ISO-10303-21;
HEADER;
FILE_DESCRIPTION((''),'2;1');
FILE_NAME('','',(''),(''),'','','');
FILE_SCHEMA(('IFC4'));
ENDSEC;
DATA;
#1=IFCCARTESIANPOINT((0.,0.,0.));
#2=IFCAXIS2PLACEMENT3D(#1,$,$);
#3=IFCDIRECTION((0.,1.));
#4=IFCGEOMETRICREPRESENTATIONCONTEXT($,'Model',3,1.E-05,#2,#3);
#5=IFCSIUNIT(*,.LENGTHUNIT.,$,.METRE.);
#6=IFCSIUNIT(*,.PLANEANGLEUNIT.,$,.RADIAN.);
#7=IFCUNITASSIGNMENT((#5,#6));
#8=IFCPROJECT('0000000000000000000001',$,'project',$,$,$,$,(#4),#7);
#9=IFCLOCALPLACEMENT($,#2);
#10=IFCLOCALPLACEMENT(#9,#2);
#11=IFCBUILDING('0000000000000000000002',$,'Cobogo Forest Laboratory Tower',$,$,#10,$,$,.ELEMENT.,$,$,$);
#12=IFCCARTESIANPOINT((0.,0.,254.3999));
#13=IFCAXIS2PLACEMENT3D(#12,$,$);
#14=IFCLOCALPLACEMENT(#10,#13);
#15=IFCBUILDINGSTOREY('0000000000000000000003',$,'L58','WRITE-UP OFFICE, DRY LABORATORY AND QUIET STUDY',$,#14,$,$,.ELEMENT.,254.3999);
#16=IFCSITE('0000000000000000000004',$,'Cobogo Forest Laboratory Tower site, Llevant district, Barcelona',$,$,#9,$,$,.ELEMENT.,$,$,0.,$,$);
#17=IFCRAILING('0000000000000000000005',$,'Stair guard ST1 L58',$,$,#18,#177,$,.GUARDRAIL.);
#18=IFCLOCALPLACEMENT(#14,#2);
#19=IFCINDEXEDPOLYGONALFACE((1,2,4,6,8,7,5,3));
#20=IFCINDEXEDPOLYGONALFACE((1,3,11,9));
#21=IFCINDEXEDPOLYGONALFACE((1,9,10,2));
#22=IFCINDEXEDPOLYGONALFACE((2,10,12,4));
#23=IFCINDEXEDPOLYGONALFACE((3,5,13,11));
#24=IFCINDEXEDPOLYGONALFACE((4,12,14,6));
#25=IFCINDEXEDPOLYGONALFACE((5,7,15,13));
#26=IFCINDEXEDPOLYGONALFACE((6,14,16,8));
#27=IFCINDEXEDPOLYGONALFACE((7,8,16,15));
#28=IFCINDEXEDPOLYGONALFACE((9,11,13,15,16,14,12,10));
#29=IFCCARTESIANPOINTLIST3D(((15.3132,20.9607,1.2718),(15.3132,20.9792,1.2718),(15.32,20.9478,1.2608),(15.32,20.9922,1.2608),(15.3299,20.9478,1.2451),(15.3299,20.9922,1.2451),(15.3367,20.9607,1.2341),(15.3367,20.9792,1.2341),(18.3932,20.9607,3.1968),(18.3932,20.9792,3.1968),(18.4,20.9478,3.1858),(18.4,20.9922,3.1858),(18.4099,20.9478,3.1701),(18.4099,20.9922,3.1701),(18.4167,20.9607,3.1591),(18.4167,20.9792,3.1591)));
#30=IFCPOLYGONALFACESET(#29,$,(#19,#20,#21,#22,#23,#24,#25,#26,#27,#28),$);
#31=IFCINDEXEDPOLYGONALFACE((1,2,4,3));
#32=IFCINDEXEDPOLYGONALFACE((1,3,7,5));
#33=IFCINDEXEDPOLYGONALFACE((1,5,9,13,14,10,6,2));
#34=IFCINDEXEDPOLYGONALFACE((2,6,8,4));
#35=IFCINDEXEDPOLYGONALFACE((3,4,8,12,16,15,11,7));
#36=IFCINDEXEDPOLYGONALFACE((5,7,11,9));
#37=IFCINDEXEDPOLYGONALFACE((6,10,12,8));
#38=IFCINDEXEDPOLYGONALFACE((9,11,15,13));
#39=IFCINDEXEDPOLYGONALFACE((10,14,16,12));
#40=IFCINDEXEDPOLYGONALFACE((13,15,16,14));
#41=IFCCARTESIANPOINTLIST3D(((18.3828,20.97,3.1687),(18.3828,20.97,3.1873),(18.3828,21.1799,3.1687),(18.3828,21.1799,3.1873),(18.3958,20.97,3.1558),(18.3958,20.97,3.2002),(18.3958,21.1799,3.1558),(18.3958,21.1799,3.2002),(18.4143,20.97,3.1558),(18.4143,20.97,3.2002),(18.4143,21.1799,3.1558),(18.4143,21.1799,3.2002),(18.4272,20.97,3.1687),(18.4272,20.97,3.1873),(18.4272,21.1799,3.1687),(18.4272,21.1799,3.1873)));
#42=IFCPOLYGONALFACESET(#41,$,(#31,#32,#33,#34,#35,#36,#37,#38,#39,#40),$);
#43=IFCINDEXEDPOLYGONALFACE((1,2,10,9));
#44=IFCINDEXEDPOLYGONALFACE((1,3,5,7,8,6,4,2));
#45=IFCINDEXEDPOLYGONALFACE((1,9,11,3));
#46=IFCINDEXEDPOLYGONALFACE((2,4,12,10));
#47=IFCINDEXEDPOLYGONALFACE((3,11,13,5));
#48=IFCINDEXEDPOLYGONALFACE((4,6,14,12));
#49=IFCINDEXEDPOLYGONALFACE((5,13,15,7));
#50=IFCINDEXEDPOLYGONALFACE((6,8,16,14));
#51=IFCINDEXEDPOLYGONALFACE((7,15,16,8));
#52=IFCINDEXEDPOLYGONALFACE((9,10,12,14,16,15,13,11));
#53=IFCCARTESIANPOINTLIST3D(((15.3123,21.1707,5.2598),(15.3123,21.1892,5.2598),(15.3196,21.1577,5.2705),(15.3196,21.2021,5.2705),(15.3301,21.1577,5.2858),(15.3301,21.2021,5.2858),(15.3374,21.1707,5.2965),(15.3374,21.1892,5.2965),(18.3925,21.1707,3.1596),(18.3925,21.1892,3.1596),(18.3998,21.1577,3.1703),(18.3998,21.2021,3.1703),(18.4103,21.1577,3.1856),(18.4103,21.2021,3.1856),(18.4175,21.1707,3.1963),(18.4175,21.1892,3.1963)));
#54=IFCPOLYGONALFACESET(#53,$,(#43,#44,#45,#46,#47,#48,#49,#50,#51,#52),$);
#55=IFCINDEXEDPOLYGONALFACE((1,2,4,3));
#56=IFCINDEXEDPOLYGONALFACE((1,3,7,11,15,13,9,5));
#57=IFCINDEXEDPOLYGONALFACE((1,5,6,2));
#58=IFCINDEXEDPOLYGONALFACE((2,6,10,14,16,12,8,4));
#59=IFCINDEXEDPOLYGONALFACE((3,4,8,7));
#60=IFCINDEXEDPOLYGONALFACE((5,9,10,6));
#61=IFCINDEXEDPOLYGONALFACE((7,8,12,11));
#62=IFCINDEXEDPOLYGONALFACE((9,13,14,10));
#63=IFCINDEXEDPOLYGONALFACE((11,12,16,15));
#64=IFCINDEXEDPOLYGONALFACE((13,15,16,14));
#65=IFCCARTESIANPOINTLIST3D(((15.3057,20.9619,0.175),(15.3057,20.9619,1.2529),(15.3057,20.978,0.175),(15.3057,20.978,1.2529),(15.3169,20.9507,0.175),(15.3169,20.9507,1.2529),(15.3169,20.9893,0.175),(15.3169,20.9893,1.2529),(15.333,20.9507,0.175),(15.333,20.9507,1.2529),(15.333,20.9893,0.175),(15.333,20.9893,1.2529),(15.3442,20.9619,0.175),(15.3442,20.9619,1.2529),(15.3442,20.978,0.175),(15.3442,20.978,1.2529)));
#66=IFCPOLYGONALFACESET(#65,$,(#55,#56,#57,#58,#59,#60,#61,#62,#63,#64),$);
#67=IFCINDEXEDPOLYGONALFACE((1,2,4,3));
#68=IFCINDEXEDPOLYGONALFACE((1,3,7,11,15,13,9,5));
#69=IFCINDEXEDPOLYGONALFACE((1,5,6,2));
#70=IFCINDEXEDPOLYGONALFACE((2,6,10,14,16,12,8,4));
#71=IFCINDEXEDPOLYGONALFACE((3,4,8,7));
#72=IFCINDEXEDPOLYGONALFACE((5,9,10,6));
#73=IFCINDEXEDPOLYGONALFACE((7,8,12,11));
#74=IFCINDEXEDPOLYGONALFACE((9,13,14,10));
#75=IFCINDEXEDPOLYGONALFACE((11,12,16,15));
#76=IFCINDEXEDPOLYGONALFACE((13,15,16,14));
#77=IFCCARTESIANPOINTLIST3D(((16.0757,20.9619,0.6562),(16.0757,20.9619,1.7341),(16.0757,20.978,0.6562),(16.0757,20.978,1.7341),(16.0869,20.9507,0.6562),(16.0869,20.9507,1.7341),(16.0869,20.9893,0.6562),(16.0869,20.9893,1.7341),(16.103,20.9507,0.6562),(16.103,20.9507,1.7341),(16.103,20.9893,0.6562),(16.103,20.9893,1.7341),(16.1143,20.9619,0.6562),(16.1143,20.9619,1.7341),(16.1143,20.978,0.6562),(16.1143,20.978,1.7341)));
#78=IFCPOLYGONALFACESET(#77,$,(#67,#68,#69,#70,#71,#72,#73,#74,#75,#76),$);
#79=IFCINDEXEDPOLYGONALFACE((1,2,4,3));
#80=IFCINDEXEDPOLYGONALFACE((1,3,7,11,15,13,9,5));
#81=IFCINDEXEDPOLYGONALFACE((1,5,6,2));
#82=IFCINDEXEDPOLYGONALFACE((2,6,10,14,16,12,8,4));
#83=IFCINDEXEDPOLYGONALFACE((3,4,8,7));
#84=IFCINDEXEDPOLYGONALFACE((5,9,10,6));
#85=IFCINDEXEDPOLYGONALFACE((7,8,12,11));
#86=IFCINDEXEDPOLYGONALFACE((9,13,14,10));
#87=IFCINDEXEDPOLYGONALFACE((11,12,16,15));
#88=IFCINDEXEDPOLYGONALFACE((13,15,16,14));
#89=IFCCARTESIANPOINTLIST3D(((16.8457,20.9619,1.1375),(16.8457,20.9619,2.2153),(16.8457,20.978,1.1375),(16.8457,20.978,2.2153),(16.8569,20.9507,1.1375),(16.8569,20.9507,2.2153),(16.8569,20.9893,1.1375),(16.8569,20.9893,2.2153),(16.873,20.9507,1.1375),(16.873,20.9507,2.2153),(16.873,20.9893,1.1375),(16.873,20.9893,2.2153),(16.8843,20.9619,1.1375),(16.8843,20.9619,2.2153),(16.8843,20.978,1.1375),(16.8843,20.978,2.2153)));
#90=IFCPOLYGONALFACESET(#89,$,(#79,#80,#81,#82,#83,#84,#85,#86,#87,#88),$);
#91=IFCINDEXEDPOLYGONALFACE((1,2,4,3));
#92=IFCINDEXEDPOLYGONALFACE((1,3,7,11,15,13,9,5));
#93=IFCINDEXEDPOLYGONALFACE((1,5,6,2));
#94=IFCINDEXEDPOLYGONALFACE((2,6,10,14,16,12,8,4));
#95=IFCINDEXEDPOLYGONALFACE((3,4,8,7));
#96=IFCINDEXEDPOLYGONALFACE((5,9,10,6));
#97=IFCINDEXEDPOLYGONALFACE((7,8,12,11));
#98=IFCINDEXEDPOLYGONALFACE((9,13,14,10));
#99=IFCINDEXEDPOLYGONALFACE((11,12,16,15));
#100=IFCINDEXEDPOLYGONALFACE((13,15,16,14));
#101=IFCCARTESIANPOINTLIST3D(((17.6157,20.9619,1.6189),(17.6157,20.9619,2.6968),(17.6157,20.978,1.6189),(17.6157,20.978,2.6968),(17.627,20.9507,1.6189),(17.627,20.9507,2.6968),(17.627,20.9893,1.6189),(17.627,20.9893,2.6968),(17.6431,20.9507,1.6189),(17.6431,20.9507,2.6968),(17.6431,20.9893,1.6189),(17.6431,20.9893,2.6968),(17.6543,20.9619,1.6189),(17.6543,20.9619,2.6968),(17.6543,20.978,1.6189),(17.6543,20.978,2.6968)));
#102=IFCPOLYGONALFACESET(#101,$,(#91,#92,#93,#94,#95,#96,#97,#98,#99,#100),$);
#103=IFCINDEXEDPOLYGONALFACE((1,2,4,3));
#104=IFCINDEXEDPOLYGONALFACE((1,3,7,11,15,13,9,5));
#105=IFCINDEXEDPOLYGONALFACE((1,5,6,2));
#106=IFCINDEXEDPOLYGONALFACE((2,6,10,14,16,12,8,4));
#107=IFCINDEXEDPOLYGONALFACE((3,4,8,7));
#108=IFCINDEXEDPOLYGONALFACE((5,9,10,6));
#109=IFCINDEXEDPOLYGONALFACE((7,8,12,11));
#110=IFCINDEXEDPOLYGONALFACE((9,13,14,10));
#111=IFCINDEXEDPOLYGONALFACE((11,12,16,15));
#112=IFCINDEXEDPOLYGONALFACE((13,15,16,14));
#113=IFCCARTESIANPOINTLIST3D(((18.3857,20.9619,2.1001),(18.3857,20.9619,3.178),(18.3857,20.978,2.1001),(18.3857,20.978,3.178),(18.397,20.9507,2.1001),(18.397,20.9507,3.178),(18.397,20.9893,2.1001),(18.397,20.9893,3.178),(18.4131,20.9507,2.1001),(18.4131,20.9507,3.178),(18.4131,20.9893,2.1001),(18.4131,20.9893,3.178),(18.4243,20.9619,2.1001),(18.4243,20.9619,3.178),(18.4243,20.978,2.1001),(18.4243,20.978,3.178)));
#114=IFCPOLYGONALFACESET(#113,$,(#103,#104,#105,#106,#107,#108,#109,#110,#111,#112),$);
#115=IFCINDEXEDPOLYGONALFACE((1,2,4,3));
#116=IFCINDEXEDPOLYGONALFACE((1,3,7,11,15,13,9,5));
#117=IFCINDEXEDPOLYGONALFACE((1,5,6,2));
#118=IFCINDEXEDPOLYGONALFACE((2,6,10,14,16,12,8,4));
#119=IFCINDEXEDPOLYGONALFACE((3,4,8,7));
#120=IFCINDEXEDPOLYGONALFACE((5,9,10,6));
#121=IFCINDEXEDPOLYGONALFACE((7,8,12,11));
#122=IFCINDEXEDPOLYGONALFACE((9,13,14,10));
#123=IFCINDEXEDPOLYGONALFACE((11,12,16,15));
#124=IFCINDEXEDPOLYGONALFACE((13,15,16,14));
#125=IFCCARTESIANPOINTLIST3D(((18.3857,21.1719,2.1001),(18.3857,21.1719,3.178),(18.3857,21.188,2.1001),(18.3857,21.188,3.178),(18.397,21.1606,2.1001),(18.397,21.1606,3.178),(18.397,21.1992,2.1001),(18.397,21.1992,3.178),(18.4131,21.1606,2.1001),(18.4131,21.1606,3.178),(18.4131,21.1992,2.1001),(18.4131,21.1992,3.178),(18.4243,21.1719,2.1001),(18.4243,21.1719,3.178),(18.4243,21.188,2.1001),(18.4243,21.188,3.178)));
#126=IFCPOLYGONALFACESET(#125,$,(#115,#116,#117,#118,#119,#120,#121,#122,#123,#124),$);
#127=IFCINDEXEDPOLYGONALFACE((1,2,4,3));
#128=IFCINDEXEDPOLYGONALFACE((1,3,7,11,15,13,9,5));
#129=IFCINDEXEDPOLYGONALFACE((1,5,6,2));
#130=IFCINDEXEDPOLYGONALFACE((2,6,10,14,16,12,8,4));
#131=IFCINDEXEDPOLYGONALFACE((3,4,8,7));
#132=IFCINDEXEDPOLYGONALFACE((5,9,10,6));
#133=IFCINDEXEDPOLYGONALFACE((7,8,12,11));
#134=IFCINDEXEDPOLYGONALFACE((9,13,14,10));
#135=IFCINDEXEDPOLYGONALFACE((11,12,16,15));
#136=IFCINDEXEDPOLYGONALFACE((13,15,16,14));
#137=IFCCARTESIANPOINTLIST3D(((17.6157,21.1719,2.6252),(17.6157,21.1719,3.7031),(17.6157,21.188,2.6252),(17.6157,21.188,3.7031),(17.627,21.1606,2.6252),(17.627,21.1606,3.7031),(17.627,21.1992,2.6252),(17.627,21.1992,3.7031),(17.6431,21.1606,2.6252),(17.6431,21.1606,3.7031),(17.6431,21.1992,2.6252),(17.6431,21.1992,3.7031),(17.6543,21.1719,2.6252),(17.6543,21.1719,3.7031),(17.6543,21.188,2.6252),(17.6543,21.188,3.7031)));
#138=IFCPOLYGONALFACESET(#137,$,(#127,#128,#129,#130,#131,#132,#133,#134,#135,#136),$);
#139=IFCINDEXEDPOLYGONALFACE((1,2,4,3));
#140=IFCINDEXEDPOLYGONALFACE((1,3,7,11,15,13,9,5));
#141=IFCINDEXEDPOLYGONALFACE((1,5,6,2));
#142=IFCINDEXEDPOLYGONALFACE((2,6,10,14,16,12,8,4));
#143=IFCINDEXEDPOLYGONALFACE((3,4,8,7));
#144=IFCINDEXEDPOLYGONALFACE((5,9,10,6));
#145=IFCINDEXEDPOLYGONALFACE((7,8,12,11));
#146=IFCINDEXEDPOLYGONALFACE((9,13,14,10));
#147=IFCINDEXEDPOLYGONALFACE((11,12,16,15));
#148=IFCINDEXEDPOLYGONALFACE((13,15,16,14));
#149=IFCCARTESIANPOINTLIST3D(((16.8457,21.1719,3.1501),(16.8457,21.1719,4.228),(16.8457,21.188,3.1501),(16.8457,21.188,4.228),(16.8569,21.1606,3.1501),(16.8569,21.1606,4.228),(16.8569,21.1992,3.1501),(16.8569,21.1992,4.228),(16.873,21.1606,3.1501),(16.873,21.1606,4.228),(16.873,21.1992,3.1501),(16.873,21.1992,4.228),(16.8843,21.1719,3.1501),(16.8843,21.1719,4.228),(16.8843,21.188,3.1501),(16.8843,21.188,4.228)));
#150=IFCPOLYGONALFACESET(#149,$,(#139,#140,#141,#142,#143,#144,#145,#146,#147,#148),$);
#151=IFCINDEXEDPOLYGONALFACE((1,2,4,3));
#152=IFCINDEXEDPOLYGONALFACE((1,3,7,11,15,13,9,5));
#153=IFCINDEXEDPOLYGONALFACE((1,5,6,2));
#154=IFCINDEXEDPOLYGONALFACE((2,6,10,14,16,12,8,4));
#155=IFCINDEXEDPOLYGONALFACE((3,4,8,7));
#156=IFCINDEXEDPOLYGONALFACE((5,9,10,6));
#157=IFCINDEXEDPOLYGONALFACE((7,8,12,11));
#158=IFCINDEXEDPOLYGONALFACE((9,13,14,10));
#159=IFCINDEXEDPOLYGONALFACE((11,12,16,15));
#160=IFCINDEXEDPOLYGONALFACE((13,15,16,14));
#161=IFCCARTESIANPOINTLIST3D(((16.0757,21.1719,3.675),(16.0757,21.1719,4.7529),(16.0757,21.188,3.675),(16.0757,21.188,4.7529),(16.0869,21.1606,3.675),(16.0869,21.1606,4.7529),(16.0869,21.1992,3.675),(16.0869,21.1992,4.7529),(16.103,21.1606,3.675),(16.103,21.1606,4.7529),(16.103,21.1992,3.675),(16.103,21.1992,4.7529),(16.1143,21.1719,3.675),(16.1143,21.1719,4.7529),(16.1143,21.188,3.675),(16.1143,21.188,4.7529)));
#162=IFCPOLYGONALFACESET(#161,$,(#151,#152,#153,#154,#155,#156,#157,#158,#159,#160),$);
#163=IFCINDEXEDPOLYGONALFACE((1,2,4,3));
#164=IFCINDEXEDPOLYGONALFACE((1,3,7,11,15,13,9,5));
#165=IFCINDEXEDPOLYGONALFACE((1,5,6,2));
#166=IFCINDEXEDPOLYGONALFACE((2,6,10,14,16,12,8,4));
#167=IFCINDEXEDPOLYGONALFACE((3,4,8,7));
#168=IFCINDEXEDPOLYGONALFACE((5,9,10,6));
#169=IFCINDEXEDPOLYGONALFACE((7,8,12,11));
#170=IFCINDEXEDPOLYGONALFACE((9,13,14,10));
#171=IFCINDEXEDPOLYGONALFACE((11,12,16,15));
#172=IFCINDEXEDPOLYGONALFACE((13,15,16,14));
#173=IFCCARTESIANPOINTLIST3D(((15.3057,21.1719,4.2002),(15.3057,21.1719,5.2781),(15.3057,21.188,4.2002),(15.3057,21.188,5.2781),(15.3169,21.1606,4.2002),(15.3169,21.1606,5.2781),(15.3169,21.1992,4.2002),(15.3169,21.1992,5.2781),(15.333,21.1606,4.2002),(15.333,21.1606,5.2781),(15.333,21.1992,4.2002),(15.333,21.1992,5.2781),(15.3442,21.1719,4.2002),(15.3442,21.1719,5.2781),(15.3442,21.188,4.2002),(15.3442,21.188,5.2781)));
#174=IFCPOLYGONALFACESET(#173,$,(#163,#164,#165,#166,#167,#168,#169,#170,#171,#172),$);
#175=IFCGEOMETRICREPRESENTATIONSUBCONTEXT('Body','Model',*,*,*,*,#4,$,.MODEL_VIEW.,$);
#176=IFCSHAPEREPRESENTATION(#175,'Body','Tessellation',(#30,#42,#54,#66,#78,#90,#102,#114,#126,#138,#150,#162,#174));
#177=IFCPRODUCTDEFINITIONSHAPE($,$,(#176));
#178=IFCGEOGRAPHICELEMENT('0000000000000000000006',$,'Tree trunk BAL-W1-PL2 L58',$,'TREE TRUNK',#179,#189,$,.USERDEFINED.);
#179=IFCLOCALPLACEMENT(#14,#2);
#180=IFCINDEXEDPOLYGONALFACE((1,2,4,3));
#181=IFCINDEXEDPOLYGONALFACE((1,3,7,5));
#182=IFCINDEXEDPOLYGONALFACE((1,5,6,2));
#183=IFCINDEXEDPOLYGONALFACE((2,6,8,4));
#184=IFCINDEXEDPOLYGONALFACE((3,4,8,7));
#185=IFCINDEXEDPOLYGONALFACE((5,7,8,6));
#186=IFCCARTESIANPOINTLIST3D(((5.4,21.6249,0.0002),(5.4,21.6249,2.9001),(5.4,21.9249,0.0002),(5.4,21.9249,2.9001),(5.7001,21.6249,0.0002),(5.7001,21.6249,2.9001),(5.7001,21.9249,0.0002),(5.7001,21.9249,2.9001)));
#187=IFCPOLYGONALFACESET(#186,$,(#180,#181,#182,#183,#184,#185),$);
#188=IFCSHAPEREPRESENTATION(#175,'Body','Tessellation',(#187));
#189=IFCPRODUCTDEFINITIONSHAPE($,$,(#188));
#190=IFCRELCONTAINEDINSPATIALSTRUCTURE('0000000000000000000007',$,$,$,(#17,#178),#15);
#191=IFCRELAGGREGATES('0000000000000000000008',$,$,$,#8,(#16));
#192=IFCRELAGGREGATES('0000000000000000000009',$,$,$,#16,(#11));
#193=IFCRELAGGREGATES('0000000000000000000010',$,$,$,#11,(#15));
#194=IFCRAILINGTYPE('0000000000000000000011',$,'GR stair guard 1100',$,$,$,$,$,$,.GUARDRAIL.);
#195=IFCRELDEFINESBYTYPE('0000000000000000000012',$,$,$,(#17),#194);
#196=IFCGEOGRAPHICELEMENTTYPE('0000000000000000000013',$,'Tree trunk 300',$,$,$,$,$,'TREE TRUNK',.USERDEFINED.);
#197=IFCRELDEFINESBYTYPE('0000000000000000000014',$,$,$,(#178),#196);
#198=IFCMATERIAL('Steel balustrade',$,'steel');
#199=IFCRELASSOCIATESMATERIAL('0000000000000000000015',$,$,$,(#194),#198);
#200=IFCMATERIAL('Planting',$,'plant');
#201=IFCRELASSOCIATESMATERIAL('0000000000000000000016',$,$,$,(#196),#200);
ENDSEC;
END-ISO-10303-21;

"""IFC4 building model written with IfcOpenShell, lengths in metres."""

from ifc_helpers import new_model, si_unit, direction, frame, origin, origin_2d, place, context, subcontext, project, spatial, polyline, rectangle, outline, extrude, material, type_object, element, save


model = new_model("IFC4")

# Units and contexts
model_context = context("Model", 3, precision=1e-05, world=origin(), true_north=direction((0.0, 1.0)))
body_context = subcontext(model_context, "Body", "Model", "MODEL_VIEW")
ifc_project = project(units=[si_unit("LENGTHUNIT", "METRE"), si_unit("PLANEANGLEUNIT", "RADIAN")], contexts=[model_context])

# Site, building, storey
site_placement = place(None, origin())
site = spatial("IfcSite", under=ifc_project, at=site_placement, Name="Cobogo Forest Laboratory Tower site, Llevant district, Barcelona", CompositionType="ELEMENT", RefElevation=0.0)
building_placement = place(site_placement, origin())
building = spatial("IfcBuilding", under=site, at=building_placement, Name="Cobogo Forest Laboratory Tower", CompositionType="ELEMENT")
storey_placement = place(building_placement, frame((0.0, 0.0, 254.3999)))
storey = spatial("IfcBuildingStorey", under=building, at=storey_placement, Name="L58", Description="WRITE-UP OFFICE, DRY LABORATORY AND QUIET STUDY", CompositionType="ELEMENT", Elevation=254.3999)

# Railing
ifc_material_1 = material(Name="Steel balustrade", Category="steel")
railing_type = type_object("IfcRailingType", Name="GR stair guard 1100", PredefinedType="GUARDRAIL", material=ifc_material_1)
railing_placement = place(storey_placement, frame((15.325, 20.97, 0.175)))
element("IfcRailing", 1, at=railing_placement, inside=storey, type_object=railing_type, Name="Stair guard ST1 L58", PredefinedType="GUARDRAIL", context=body_context, shape_type="SweptSolid", body=[
    extrude(outline(polyline([(0.0222, 0.0093), (0.0093, 0.0222), (-0.0093, 0.0222), (-0.0222, 0.0093), (-0.0222, -0.0093), (-0.0093, -0.0222), (0.0093, -0.0222), (0.0222, -0.0093), (0.0222, 0.0093)])), frame((0.0, 0.0, 1.0779), z_axis=(0.847998, 0.0, 0.529999), x_axis=(0.0, 1.0, 0.0)), (0.0, 0.0, 1.0), 3.6321),
    extrude(outline(polyline([(0.0222, 0.0093), (0.0093, 0.0222), (-0.0093, 0.0222), (-0.0222, 0.0093), (-0.0222, -0.0093), (-0.0093, -0.0222), (0.0093, -0.0222), (0.0222, -0.0093), (0.0222, 0.0093)])), frame((3.0801, 0.0, 3.0029), z_axis=(0.0, 1.0, 0.0), x_axis=(-1.0, 0.0, 0.0)), (0.0, 0.0, 1.0), 0.21),
    extrude(outline(polyline([(0.0222, 0.0093), (0.0093, 0.0222), (-0.0093, 0.0222), (-0.0222, 0.0093), (-0.0222, -0.0093), (-0.0093, -0.0222), (0.0093, -0.0222), (0.0222, -0.0093), (0.0222, 0.0093)])), frame((3.0801, 0.21, 3.0029), z_axis=(-0.826222, 0.0, 0.563345), x_axis=(0.0, -1.0, 0.0)), (0.0, 0.0, 1.0), 3.728),
    extrude(outline(polyline([(0.0193, 0.0081), (0.0081, 0.0193), (-0.0081, 0.0193), (-0.0193, 0.0081), (-0.0193, -0.0081), (-0.0081, -0.0193), (0.0081, -0.0193), (0.0193, -0.0081), (0.0193, 0.0081)])), origin(), (0.0, 0.0, 1.0), 1.0779),
    extrude(outline(polyline([(0.0193, 0.0081), (0.0081, 0.0193), (-0.0081, 0.0193), (-0.0193, 0.0081), (-0.0193, -0.0081), (-0.0081, -0.0193), (0.0081, -0.0193), (0.0193, -0.0081), (0.0193, 0.0081)])), frame((0.77, 0.0, 0.4812)), (0.0, 0.0, 1.0), 1.0779),
    extrude(outline(polyline([(0.0193, 0.0081), (0.0081, 0.0193), (-0.0081, 0.0193), (-0.0193, 0.0081), (-0.0193, -0.0081), (-0.0081, -0.0193), (0.0081, -0.0193), (0.0193, -0.0081), (0.0193, 0.0081)])), frame((1.54, 0.0, 0.9624)), (0.0, 0.0, 1.0), 1.0779),
    extrude(outline(polyline([(0.0193, 0.0081), (0.0081, 0.0193), (-0.0081, 0.0193), (-0.0193, 0.0081), (-0.0193, -0.0081), (-0.0081, -0.0193), (0.0081, -0.0193), (0.0193, -0.0081), (0.0193, 0.0081)])), frame((2.3101, 0.0, 1.4438)), (0.0, 0.0, 1.0), 1.0779),
    extrude(outline(polyline([(0.0193, 0.0081), (0.0081, 0.0193), (-0.0081, 0.0193), (-0.0193, 0.0081), (-0.0193, -0.0081), (-0.0081, -0.0193), (0.0081, -0.0193), (0.0193, -0.0081), (0.0193, 0.0081)])), frame((3.0801, 0.0, 1.925)), (0.0, 0.0, 1.0), 1.0779),
    extrude(outline(polyline([(0.0193, 0.0081), (0.0081, 0.0193), (-0.0081, 0.0193), (-0.0193, 0.0081), (-0.0193, -0.0081), (-0.0081, -0.0193), (0.0081, -0.0193), (0.0193, -0.0081), (0.0193, 0.0081)])), frame((3.0801, 0.21, 1.925)), (0.0, 0.0, 1.0), 1.0779),
    extrude(outline(polyline([(0.0193, 0.0081), (0.0081, 0.0193), (-0.0081, 0.0193), (-0.0193, 0.0081), (-0.0193, -0.0081), (-0.0081, -0.0193), (0.0081, -0.0193), (0.0193, -0.0081), (0.0193, 0.0081)])), frame((2.3101, 0.21, 2.4502)), (0.0, 0.0, 1.0), 1.0779),
    extrude(outline(polyline([(0.0193, 0.0081), (0.0081, 0.0193), (-0.0081, 0.0193), (-0.0193, 0.0081), (-0.0193, -0.0081), (-0.0081, -0.0193), (0.0081, -0.0193), (0.0193, -0.0081), (0.0193, 0.0081)])), frame((1.54, 0.21, 2.9751)), (0.0, 0.0, 1.0), 1.0779),
    extrude(outline(polyline([(0.0193, 0.0081), (0.0081, 0.0193), (-0.0081, 0.0193), (-0.0193, 0.0081), (-0.0193, -0.0081), (-0.0081, -0.0193), (0.0081, -0.0193), (0.0193, -0.0081), (0.0193, 0.0081)])), frame((0.77, 0.21, 3.5)), (0.0, 0.0, 1.0), 1.0779),
    extrude(outline(polyline([(0.0193, 0.0081), (0.0081, 0.0193), (-0.0081, 0.0193), (-0.0193, 0.0081), (-0.0193, -0.0081), (-0.0081, -0.0193), (0.0081, -0.0193), (0.0193, -0.0081), (0.0193, 0.0081)])), frame((0.0, 0.21, 4.0251)), (0.0, 0.0, 1.0), 1.0779),
])

# Geographic element
ifc_material_2 = material(Name="Planting", Category="plant")
geographic_element_type = type_object("IfcGeographicElementType", Name="Tree trunk 300", ElementType="TREE TRUNK", PredefinedType="USERDEFINED", material=ifc_material_2)
geographic_element_placement = place(storey_placement, frame((5.55, 21.7749, 0.0002), z_axis=(0.0, 0.0, 1.0), x_axis=(1.0, 0.0, 0.0)))
element("IfcGeographicElement", 2, at=geographic_element_placement, inside=storey, type_object=geographic_element_type, Name="Tree trunk BAL-W1-PL2 L58", ObjectType="TREE TRUNK", PredefinedType="USERDEFINED", context=body_context, shape_type="SweptSolid", body=[
    extrude(rectangle(XDim=0.3, YDim=0.3, at=origin_2d()), origin(), (0.0, 0.0, 1.0), 2.8999),
])

save(model, "model.ifc")
